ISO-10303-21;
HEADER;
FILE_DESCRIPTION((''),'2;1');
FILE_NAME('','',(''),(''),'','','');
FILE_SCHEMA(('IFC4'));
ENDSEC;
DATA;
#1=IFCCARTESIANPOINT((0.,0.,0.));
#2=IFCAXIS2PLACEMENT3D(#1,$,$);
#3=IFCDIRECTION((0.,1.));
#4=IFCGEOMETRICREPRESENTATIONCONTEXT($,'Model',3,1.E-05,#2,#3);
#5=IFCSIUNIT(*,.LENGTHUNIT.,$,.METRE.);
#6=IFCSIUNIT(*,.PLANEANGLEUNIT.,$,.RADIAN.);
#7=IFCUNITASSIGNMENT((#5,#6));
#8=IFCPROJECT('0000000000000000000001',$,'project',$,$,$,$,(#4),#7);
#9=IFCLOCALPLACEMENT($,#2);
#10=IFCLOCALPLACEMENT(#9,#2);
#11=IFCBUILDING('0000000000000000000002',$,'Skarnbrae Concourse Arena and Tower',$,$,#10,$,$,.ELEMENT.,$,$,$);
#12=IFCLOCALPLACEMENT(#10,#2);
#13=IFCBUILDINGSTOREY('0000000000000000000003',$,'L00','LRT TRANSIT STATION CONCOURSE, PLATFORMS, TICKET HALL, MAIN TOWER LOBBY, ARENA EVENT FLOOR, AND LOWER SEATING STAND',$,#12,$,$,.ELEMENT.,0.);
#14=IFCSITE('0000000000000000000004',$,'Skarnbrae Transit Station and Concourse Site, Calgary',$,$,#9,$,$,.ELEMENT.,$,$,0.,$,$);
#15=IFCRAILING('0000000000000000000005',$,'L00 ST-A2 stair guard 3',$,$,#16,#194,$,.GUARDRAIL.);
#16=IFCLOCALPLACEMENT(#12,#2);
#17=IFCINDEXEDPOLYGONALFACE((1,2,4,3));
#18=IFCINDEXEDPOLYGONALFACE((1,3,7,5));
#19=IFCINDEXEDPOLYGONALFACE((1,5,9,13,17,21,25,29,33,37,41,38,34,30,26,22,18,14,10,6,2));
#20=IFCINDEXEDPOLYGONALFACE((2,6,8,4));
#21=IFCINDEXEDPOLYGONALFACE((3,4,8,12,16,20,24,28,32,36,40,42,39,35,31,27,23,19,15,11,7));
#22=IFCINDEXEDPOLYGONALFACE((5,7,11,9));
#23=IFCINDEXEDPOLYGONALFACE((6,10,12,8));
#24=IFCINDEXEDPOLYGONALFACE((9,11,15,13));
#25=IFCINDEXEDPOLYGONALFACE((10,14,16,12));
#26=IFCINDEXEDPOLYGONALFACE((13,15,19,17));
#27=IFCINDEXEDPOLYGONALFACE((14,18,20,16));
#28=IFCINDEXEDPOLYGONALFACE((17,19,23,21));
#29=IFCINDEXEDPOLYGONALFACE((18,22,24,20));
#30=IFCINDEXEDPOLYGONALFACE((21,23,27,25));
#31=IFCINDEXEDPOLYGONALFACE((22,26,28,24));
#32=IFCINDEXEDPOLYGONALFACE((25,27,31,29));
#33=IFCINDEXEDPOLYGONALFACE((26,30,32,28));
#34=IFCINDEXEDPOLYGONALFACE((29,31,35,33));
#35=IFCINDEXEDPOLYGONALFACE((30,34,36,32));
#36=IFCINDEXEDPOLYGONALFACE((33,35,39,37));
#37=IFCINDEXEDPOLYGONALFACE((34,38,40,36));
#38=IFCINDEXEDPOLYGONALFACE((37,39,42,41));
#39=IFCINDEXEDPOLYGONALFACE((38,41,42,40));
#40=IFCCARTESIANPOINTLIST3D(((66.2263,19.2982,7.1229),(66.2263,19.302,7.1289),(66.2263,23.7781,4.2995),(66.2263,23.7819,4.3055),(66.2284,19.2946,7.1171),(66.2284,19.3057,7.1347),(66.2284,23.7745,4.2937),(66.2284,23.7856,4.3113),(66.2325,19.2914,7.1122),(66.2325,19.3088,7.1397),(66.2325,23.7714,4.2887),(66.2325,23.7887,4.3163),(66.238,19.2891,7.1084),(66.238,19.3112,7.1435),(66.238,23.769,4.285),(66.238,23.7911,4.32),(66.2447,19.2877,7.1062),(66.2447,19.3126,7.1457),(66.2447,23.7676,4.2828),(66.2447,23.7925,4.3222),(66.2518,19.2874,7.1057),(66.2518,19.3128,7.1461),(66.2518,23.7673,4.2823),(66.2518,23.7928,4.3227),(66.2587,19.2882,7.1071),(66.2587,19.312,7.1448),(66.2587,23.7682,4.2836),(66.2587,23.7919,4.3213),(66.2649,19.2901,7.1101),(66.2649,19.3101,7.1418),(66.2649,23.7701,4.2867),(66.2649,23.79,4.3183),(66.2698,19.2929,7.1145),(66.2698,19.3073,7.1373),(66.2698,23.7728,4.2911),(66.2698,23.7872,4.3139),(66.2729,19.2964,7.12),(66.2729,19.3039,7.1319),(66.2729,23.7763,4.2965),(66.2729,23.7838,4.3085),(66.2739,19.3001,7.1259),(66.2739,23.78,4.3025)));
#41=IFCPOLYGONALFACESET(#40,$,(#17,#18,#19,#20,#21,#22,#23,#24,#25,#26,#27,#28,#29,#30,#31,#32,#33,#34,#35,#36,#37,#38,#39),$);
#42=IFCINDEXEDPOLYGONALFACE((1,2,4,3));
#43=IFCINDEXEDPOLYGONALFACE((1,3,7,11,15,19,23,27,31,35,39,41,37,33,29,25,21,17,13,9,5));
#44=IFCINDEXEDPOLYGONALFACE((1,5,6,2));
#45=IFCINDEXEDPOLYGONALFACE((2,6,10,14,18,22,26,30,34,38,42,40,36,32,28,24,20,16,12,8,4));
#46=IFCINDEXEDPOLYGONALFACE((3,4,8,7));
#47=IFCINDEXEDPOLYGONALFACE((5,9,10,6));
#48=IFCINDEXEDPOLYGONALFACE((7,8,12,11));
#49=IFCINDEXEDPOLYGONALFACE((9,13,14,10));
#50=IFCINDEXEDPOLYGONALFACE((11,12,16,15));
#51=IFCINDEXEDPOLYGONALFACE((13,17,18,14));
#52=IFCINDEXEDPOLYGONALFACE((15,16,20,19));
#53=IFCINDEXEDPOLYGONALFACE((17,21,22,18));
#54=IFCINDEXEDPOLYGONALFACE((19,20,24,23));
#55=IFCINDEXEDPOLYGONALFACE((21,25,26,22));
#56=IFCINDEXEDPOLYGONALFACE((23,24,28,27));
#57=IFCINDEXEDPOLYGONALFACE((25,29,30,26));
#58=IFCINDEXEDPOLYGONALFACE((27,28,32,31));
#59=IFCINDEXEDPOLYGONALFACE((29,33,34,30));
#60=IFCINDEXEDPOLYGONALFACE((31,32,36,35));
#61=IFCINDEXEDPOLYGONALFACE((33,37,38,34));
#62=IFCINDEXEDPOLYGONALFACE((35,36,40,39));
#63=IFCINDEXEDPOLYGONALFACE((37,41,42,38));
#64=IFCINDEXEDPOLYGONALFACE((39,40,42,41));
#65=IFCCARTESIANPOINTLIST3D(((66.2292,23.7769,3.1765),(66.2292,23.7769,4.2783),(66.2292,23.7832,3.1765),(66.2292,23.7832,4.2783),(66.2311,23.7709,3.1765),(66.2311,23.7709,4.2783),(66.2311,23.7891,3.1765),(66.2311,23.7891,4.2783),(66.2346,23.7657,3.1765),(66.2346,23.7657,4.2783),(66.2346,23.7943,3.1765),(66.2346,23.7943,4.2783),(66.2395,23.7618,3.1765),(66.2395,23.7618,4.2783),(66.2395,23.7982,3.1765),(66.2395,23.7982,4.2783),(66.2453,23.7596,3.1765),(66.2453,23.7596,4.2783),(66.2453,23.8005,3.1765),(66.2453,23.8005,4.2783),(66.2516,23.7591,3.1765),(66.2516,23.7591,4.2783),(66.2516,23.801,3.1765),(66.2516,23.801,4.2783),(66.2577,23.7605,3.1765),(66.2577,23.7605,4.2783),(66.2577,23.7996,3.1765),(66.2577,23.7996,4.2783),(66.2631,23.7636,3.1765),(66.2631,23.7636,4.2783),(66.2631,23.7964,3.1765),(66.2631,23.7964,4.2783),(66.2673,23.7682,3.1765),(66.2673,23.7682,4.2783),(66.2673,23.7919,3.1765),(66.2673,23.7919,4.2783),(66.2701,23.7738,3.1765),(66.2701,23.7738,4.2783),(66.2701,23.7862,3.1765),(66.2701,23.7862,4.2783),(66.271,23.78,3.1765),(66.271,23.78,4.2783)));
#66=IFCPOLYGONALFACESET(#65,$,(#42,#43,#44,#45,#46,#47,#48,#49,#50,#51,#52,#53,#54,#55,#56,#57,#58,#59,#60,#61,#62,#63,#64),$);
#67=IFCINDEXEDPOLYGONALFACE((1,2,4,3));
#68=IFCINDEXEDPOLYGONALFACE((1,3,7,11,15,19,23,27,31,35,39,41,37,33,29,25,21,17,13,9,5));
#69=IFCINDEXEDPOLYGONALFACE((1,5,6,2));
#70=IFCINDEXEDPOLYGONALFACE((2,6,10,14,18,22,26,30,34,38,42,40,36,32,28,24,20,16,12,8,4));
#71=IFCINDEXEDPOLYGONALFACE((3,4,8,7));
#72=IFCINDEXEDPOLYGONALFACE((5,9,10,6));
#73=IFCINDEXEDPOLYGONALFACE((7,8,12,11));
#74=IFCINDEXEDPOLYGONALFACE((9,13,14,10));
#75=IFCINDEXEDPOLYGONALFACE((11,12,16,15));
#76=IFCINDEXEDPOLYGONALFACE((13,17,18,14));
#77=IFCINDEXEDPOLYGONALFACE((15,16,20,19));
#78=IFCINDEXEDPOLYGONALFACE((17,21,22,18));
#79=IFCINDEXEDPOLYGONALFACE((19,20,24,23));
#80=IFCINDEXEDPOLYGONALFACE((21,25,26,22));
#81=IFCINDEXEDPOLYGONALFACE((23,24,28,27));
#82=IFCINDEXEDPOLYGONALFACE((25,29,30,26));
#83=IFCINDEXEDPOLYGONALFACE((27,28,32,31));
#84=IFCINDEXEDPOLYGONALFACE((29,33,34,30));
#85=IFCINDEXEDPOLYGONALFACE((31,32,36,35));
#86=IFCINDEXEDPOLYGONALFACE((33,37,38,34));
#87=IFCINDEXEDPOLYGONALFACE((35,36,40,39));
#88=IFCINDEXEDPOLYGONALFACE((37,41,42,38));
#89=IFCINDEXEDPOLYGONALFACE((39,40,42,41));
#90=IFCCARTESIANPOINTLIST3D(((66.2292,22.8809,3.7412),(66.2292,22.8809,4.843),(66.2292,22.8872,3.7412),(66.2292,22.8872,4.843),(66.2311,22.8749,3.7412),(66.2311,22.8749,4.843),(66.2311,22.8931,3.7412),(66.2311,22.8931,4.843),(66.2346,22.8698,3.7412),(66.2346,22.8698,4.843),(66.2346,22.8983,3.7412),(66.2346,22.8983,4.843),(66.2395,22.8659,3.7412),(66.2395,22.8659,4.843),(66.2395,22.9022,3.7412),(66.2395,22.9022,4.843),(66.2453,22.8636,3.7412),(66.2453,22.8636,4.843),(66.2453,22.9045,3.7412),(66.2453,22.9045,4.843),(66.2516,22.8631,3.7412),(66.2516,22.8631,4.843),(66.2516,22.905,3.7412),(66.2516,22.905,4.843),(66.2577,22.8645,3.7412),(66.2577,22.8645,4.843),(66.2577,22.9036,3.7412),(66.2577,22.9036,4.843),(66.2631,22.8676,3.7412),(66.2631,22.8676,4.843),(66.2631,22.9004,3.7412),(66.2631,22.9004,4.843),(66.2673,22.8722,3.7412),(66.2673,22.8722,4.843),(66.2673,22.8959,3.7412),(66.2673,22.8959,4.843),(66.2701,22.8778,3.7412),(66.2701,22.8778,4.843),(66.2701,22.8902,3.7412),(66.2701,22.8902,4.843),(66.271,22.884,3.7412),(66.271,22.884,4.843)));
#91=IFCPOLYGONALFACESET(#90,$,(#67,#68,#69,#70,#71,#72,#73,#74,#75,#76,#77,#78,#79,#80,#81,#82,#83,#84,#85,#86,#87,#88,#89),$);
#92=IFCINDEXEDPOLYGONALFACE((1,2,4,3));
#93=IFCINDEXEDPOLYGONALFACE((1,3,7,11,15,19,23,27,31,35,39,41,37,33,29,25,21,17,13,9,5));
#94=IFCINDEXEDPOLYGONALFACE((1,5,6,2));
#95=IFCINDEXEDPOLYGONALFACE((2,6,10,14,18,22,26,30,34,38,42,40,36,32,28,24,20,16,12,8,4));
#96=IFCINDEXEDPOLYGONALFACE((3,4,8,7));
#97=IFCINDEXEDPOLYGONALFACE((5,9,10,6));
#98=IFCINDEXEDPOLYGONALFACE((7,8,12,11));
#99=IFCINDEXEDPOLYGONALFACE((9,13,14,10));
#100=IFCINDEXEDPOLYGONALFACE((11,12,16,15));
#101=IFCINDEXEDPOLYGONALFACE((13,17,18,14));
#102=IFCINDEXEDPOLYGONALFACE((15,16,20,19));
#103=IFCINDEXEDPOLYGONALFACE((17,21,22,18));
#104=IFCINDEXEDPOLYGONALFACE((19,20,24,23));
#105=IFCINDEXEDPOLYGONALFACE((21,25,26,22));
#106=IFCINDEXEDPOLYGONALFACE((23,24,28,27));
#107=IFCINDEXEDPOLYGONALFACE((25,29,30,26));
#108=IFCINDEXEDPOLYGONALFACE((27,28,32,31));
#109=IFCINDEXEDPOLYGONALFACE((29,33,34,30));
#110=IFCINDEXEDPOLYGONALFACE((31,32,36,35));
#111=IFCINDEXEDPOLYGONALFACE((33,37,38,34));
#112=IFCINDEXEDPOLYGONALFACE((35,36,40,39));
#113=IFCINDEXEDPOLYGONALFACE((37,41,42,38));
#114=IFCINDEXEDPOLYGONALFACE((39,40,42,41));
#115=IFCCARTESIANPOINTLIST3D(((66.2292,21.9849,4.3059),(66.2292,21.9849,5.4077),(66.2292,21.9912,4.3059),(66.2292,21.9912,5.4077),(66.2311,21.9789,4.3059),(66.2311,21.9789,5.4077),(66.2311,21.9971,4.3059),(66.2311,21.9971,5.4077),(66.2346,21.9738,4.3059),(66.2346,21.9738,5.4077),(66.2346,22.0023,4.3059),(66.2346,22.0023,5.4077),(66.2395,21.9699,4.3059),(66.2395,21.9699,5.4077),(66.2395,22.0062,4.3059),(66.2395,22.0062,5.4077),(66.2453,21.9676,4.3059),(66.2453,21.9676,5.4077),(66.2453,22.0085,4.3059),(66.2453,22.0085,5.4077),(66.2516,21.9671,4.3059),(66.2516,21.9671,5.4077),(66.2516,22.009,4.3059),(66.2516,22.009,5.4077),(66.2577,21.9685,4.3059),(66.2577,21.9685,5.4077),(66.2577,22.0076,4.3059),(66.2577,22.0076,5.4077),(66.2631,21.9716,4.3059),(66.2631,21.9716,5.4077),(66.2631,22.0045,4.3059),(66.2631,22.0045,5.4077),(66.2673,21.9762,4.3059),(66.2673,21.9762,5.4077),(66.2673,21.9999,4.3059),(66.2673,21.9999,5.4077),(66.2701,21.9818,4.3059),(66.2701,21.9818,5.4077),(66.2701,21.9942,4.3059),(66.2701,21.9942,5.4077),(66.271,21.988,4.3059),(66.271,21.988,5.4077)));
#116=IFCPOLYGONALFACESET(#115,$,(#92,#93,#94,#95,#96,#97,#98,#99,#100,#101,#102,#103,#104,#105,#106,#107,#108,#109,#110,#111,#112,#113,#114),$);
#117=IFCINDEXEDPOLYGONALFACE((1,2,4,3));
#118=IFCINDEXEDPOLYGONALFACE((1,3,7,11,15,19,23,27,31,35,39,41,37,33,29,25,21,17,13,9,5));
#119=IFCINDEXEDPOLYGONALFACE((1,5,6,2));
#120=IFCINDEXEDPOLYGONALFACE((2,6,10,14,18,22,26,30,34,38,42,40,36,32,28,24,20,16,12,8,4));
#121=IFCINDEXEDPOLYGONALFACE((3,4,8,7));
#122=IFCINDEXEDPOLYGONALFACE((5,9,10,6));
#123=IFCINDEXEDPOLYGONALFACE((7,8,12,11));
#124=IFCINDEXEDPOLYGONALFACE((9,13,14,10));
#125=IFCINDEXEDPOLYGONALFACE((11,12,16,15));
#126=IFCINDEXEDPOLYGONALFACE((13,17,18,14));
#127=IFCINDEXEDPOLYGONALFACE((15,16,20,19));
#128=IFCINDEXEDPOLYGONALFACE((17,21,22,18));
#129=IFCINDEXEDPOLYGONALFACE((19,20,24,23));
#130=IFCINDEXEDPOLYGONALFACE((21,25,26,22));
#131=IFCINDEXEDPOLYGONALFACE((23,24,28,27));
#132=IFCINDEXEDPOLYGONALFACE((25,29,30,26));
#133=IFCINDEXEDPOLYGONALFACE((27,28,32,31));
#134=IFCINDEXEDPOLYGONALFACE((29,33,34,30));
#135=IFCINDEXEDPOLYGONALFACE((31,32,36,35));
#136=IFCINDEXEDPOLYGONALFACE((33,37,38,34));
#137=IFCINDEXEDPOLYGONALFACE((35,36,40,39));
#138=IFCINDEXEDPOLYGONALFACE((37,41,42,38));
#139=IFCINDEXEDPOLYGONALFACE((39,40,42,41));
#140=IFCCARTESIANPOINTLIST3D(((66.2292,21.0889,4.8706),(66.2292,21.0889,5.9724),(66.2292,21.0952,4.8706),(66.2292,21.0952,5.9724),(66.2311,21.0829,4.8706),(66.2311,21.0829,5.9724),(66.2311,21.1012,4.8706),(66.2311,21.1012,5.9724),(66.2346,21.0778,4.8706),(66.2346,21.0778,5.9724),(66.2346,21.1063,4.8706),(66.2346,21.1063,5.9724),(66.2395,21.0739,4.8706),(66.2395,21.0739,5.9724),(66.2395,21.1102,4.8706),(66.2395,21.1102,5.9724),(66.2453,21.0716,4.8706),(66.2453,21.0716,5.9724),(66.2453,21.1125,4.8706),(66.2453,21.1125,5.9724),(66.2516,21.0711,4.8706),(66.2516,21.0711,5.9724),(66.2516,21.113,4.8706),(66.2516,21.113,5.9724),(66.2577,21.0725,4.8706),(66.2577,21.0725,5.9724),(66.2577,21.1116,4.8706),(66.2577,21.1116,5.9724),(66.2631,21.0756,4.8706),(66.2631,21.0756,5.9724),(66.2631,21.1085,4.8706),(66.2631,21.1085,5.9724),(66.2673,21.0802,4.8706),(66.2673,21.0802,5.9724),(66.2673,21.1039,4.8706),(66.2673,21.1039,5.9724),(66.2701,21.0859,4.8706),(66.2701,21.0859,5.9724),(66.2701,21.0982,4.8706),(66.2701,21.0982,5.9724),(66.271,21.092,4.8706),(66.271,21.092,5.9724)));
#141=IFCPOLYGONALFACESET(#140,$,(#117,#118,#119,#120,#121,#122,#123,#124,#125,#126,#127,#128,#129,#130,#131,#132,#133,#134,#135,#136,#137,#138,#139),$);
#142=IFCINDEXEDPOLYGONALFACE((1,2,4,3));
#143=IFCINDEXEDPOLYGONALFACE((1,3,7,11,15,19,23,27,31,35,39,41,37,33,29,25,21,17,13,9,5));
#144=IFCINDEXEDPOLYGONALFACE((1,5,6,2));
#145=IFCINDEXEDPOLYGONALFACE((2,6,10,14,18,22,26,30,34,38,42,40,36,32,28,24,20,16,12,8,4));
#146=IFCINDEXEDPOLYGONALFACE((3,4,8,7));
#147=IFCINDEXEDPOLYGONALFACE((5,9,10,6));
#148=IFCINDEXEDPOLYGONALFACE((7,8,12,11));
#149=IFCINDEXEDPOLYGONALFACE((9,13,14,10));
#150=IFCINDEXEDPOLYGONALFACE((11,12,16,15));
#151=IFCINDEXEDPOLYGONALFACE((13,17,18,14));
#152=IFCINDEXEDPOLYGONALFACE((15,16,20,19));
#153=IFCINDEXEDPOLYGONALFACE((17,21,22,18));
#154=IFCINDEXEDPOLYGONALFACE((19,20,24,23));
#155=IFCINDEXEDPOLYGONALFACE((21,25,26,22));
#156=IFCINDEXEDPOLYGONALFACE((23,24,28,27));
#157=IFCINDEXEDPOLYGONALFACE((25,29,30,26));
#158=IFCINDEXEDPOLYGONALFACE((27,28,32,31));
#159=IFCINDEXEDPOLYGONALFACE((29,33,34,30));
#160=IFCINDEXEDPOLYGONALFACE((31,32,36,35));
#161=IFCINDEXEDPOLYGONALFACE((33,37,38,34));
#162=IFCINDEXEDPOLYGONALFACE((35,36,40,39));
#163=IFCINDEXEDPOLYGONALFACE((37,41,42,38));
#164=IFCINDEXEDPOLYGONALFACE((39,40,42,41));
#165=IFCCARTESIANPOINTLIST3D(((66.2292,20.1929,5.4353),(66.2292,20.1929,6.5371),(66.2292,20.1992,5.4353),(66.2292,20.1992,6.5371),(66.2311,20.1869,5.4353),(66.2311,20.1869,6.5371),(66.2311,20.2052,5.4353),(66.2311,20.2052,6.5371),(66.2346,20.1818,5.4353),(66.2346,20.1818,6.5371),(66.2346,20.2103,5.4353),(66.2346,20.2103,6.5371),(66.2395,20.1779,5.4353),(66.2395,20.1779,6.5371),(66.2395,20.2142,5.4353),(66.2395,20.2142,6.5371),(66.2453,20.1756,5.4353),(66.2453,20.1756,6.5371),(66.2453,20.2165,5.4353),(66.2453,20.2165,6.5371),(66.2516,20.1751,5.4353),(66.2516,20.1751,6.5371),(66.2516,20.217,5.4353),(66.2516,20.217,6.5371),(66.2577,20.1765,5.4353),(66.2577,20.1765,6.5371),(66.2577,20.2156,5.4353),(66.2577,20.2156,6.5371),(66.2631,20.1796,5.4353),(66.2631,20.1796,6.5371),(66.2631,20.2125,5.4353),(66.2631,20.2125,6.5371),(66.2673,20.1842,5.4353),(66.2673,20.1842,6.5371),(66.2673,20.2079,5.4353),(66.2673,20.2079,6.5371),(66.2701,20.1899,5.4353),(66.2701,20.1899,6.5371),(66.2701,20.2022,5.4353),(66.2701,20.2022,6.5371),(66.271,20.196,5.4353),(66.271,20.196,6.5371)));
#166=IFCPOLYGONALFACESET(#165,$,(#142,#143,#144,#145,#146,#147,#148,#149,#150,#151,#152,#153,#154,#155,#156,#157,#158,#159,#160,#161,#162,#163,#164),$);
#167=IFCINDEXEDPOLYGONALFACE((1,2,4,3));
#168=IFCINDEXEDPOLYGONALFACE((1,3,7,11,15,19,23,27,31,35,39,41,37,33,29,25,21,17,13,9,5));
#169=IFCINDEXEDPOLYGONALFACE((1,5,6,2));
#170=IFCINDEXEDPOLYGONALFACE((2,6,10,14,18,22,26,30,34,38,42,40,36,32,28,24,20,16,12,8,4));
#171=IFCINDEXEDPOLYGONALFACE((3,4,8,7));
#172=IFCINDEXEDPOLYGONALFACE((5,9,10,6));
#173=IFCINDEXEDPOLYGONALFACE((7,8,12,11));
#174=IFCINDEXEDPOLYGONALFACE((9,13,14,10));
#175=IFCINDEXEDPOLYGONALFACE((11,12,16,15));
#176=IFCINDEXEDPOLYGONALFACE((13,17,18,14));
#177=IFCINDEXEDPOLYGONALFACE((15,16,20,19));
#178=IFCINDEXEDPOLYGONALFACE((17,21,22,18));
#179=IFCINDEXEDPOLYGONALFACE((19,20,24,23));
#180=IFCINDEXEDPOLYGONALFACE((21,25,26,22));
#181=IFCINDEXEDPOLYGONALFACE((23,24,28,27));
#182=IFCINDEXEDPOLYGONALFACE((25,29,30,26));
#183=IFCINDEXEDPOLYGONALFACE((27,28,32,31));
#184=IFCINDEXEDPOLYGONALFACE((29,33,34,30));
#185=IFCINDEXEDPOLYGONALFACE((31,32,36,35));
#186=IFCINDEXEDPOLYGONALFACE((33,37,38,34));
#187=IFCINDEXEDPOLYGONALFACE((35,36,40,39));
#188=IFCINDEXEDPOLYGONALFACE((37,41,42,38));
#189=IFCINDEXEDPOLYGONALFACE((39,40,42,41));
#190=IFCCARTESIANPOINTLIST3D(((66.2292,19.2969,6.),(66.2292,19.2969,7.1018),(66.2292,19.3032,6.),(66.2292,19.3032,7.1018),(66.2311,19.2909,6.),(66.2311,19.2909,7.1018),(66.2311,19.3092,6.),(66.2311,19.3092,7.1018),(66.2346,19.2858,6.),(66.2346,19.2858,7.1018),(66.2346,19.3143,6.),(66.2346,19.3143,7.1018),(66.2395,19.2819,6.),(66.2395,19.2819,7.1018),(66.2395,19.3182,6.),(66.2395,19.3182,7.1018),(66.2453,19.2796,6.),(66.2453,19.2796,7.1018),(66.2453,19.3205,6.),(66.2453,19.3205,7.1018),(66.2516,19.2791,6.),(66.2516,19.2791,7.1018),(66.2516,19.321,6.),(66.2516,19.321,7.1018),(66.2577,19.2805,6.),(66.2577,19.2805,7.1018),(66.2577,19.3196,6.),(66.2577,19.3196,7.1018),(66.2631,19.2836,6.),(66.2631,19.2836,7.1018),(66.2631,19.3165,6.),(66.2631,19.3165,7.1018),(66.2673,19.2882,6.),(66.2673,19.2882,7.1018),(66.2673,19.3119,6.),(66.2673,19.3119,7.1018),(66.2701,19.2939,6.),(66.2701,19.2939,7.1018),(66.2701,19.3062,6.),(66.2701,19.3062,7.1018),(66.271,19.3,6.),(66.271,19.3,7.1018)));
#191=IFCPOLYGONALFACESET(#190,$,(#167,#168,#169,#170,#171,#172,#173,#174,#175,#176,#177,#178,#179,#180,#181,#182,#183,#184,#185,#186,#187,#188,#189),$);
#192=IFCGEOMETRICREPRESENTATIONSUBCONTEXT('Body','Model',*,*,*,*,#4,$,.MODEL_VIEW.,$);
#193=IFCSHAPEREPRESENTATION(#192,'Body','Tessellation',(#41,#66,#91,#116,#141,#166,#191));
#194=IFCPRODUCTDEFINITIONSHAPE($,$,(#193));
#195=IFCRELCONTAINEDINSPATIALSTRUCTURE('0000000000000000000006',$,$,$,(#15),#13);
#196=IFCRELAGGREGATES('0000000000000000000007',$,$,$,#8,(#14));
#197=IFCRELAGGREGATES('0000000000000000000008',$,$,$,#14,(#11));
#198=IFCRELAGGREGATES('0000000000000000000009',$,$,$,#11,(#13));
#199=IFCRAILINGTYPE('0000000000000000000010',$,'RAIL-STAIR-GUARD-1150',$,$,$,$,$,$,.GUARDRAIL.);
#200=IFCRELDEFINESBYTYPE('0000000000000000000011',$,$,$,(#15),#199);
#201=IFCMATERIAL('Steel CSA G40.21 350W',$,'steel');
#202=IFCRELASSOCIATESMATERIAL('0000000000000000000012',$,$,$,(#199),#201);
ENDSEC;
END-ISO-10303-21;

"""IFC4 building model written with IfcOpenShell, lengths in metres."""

from ifc_helpers import new_model, si_unit, direction, frame, origin, origin_2d, place, context, subcontext, project, spatial, circle, extrude, material, type_object, element, save


model = new_model("IFC4")

# Units and contexts
model_context = context("Model", 3, precision=1e-05, world=origin(), true_north=direction((0.0, 1.0)))
body_context = subcontext(model_context, "Body", "Model", "MODEL_VIEW")
ifc_project = project(units=[si_unit("LENGTHUNIT", "METRE"), si_unit("PLANEANGLEUNIT", "RADIAN")], contexts=[model_context])

# Site, building, storey
site_placement = place(None, origin())
site = spatial("IfcSite", under=ifc_project, at=site_placement, Name="Skarnbrae Transit Station and Concourse Site, Calgary", CompositionType="ELEMENT", RefElevation=0.0)
building_placement = place(site_placement, origin())
building = spatial("IfcBuilding", under=site, at=building_placement, Name="Skarnbrae Concourse Arena and Tower", CompositionType="ELEMENT")
storey_placement = place(building_placement, origin())
storey = spatial("IfcBuildingStorey", under=building, at=storey_placement, Name="L00", Description="LRT TRANSIT STATION CONCOURSE, PLATFORMS, TICKET HALL, MAIN TOWER LOBBY, ARENA EVENT FLOOR, AND LOWER SEATING STAND", CompositionType="ELEMENT", Elevation=0.0)

# Shared definitions
ifc_material_1 = material(Name="Steel CSA G40.21 350W", Category="steel")

# Railing
railing_type_1 = type_object("IfcRailingType", Name="RAIL-STAIR-GUARD-1150", PredefinedType="GUARDRAIL", material=ifc_material_1)
railing_1_placement = place(storey_placement, frame((66.25, 23.78, 3.1765)))
element("IfcRailing", 1, at=railing_1_placement, inside=storey, type_object=railing_type_1, Name="L00 ST-A2 stair guard 3", PredefinedType="GUARDRAIL", context=body_context, shape_type="SweptSolid", body=[
    extrude(circle(Radius=0.0239, at=origin_2d()), frame((0.0, 0.0, 1.126), z_axis=(0.0, -0.845998, 0.533186), x_axis=(1.0, 0.0, 0.0)), (0.0, 0.0, 1.0), 5.2954),
    extrude(circle(Radius=0.021, at=origin_2d()), origin(), (0.0, 0.0, 1.0), 1.1018),
    extrude(circle(Radius=0.021, at=origin_2d()), frame((0.0, -0.896, 0.5647)), (0.0, 0.0, 1.0), 1.1018),
    extrude(circle(Radius=0.021, at=origin_2d()), frame((0.0, -1.792, 1.1294)), (0.0, 0.0, 1.0), 1.1018),
    extrude(circle(Radius=0.021, at=origin_2d()), frame((0.0, -2.688, 1.6941)), (0.0, 0.0, 1.0), 1.1018),
    extrude(circle(Radius=0.021, at=origin_2d()), frame((0.0, -3.584, 2.2588)), (0.0, 0.0, 1.0), 1.1018),
    extrude(circle(Radius=0.021, at=origin_2d()), frame((0.0, -4.48, 2.8235)), (0.0, 0.0, 1.0), 1.1018),
])

save(model, "model.ifc")
